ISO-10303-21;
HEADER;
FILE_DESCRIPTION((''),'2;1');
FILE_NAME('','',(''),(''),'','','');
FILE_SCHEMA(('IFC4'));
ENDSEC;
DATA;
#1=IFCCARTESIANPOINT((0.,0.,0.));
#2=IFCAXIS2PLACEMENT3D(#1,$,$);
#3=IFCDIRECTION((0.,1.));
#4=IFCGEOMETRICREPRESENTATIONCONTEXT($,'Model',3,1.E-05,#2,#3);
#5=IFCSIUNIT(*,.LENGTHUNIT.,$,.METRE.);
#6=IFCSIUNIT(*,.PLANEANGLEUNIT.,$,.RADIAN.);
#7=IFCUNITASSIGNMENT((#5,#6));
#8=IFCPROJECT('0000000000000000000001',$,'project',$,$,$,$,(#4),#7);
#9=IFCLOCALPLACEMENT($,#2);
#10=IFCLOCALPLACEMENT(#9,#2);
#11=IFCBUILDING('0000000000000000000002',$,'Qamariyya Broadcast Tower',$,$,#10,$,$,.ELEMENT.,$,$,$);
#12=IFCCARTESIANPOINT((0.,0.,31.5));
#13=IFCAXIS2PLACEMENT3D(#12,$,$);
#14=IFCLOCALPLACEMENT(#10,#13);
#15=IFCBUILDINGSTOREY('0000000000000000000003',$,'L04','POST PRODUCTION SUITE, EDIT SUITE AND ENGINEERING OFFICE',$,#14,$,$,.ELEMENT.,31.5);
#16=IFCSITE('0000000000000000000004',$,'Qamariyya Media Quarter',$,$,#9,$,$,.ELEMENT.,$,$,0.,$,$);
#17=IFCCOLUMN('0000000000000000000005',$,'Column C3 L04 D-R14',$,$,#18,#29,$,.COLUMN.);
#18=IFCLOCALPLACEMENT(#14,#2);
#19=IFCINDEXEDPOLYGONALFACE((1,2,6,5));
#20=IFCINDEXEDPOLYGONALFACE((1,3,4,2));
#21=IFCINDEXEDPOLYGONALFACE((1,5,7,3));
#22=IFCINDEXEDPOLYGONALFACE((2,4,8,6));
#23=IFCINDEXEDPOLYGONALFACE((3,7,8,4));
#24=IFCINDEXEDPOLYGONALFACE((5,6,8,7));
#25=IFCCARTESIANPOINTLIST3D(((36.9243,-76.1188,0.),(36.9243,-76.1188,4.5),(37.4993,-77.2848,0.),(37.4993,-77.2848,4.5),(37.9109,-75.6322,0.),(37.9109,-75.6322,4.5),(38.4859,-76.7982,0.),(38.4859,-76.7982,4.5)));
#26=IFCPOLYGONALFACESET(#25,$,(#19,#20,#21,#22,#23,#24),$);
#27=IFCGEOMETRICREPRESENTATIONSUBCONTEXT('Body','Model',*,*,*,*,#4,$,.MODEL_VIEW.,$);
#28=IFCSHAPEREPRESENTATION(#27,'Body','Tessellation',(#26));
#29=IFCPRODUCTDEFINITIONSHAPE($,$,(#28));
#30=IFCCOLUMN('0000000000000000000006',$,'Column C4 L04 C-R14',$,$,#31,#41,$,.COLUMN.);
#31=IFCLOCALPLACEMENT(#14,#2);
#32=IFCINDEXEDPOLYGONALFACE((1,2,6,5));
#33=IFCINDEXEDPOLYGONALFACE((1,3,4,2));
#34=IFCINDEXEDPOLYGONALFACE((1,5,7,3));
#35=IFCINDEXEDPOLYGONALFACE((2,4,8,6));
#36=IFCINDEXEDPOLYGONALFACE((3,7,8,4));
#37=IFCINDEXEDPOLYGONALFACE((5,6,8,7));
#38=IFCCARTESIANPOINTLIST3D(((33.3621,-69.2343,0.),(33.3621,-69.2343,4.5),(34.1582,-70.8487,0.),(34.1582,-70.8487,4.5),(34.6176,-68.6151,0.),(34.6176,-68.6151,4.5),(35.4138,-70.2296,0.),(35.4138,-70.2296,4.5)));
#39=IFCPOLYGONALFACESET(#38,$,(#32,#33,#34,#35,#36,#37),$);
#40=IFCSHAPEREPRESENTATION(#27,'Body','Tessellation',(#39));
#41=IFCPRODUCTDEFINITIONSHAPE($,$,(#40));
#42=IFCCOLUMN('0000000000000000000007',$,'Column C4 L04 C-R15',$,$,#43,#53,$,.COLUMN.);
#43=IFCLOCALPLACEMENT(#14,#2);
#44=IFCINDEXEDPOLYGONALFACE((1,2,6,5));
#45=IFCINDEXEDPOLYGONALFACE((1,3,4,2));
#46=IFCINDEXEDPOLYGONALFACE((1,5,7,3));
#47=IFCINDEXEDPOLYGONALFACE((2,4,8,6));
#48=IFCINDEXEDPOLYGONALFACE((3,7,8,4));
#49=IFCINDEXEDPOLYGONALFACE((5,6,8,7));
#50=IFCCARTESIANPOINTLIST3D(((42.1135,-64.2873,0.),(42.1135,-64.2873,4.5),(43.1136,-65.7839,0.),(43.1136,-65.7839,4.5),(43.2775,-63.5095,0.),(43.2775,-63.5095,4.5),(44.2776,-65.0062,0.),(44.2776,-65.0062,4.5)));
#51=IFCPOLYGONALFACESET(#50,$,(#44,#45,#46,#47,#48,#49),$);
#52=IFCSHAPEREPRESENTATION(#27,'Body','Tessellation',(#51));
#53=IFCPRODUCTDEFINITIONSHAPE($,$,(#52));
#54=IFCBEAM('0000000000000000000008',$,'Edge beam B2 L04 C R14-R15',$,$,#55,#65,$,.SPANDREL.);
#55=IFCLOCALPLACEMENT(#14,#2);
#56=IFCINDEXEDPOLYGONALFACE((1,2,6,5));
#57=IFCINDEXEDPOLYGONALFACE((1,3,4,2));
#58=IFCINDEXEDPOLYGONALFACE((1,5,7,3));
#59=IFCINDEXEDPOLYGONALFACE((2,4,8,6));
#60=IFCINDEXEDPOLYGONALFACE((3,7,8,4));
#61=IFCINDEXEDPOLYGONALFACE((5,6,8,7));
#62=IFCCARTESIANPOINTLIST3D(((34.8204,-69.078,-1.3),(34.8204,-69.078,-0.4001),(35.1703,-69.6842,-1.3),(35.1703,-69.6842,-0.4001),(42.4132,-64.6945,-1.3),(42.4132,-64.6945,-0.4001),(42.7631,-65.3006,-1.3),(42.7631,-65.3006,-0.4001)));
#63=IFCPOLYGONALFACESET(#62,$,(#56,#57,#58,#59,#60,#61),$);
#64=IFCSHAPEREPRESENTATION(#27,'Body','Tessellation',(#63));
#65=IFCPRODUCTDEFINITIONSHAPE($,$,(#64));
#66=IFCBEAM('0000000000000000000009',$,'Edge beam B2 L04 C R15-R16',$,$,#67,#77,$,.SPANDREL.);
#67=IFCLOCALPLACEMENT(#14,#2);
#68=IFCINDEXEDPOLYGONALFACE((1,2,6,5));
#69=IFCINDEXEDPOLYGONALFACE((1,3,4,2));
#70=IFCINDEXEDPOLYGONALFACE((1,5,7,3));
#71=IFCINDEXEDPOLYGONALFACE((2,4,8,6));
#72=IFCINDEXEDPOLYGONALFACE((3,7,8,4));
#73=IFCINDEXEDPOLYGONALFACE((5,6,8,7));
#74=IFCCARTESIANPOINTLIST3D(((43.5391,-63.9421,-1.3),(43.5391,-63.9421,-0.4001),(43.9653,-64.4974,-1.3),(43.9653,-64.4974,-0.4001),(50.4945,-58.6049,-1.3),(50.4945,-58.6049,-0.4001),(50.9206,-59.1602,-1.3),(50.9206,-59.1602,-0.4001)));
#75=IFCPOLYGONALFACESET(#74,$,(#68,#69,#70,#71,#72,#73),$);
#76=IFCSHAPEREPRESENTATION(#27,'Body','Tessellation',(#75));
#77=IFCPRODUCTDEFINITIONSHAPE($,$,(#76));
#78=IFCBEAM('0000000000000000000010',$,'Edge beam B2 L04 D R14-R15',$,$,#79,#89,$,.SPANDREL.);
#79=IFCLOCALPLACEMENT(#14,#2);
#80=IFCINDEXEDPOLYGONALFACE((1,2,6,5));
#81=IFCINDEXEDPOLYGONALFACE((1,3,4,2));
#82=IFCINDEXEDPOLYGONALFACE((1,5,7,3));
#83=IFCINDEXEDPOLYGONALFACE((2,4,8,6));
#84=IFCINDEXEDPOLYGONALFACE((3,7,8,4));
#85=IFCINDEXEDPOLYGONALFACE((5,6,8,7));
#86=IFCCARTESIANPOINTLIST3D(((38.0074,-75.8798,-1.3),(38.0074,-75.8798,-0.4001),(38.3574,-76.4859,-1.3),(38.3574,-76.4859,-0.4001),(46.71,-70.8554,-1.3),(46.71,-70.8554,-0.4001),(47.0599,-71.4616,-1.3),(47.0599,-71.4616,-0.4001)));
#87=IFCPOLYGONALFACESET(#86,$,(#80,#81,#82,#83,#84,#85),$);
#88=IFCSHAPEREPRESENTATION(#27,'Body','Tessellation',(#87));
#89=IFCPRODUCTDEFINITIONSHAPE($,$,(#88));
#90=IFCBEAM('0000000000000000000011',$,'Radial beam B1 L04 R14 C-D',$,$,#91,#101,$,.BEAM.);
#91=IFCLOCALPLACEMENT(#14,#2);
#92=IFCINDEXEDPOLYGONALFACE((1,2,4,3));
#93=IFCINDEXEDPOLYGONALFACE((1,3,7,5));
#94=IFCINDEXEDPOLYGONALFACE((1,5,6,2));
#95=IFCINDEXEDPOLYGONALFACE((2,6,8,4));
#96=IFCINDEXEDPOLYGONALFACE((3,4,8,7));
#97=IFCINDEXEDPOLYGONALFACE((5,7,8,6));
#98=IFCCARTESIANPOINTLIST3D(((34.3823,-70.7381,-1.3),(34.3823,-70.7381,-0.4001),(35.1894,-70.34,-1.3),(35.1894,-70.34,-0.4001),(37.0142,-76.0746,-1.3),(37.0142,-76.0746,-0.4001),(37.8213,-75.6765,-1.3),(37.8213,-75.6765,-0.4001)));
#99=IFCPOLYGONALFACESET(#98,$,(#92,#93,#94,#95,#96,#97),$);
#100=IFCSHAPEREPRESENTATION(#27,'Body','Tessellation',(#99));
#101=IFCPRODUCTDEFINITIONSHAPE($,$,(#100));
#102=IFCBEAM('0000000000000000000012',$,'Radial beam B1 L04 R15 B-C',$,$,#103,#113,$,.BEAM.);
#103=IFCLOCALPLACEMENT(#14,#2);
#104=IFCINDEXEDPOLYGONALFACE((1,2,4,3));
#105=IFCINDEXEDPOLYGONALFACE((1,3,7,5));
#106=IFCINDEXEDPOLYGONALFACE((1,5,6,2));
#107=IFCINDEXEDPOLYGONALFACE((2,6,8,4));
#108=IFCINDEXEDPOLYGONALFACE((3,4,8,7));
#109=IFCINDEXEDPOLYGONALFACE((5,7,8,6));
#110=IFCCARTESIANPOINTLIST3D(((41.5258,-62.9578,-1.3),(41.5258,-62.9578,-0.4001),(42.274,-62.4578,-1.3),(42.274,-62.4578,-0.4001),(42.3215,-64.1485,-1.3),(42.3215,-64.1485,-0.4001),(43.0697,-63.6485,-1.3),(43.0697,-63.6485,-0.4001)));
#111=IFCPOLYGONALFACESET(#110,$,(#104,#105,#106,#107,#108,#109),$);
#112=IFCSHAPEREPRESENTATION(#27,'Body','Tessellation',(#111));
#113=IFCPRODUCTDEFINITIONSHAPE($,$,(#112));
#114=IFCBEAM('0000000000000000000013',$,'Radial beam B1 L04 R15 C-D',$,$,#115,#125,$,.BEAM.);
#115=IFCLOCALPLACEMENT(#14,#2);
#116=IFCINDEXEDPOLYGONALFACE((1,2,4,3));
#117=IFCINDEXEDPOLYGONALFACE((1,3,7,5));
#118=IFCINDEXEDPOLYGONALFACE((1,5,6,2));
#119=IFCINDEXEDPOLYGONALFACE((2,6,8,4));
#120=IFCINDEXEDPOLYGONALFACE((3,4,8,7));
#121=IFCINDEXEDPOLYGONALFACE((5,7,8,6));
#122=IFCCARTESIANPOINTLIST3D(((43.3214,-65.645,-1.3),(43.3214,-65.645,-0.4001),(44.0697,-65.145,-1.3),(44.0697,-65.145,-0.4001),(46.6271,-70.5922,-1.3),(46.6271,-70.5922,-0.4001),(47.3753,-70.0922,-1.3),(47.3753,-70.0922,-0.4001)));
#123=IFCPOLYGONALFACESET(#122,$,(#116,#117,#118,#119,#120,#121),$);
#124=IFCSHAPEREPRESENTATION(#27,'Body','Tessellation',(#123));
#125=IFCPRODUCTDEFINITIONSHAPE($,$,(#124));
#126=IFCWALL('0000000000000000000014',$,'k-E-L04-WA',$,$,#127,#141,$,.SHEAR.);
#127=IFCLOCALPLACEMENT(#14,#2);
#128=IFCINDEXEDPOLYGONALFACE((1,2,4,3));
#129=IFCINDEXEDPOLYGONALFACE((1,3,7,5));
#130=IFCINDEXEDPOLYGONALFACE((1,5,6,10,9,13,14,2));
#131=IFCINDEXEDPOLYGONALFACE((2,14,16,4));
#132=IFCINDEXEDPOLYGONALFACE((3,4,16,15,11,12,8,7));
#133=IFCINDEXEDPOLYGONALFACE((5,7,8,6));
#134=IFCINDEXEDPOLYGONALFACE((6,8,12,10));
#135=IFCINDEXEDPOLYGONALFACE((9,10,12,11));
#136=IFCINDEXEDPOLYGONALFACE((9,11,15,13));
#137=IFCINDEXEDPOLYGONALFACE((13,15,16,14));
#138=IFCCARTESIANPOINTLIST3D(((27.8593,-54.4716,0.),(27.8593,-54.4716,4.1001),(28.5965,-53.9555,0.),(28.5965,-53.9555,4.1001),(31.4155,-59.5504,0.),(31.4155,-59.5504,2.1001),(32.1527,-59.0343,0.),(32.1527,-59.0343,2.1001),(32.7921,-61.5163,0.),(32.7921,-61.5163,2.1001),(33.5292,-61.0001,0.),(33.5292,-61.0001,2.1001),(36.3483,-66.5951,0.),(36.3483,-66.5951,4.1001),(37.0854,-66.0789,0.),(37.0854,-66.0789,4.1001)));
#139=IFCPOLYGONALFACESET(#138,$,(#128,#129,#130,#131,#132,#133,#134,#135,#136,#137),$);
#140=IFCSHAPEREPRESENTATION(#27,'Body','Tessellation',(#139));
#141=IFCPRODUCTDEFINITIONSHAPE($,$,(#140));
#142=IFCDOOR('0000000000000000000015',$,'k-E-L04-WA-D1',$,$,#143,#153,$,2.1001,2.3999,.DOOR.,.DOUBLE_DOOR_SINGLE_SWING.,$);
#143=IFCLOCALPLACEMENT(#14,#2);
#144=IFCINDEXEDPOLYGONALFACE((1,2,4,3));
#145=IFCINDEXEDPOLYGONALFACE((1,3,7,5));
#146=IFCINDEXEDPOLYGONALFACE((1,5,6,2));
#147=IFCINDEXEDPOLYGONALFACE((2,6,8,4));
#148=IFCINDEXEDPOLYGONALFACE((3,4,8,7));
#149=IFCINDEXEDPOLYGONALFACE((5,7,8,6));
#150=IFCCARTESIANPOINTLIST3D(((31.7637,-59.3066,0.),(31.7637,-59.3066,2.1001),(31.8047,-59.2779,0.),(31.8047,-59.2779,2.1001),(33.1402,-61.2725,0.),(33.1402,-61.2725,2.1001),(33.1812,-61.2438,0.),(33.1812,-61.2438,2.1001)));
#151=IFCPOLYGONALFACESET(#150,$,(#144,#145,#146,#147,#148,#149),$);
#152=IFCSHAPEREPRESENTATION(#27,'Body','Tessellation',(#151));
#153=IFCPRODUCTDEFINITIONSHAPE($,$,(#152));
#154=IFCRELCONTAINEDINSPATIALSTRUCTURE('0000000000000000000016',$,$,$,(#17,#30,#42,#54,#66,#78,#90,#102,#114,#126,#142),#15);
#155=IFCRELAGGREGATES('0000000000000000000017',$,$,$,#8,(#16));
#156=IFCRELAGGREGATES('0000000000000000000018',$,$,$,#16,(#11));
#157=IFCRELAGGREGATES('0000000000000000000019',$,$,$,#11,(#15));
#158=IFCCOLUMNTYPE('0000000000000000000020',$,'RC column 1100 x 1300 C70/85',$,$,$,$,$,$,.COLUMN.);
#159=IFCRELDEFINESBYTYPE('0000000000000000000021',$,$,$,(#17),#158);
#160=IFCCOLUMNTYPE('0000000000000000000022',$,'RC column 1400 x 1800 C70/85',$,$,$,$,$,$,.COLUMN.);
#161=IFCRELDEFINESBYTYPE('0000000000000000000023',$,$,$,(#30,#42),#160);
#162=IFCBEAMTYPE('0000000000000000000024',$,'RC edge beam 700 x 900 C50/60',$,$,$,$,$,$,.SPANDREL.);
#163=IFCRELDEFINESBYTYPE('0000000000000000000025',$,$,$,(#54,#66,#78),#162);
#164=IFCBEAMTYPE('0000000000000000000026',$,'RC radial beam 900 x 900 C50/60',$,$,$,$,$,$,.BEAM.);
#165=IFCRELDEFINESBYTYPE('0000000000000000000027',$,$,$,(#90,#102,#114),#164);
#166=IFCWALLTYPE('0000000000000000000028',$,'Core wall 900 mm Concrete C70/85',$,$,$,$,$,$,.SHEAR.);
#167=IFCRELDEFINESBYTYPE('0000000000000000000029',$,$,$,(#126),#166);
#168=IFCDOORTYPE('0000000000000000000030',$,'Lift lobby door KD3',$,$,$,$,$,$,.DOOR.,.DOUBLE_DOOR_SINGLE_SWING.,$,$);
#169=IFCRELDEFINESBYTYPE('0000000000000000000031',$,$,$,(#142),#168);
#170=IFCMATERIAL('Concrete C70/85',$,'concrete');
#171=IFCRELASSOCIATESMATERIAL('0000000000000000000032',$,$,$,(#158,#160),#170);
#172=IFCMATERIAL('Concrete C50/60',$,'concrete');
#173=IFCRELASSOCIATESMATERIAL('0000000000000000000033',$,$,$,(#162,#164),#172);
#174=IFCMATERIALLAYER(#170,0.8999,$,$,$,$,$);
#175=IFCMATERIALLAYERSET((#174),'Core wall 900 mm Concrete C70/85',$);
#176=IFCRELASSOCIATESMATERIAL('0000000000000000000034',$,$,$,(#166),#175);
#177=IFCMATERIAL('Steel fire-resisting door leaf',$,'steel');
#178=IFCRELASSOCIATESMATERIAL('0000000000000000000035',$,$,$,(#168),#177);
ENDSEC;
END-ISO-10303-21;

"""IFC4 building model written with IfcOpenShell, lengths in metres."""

from ifc_helpers import new_model, si_unit, direction, frame, frame_2d, origin, origin_2d, place, context, subcontext, project, spatial, rectangle, extrude, material, layer, layer_set, material_profile, profile_set, type_object, element, fill, save


model = new_model("IFC4")

# Units and contexts
model_context = context("Model", 3, precision=1e-05, world=origin(), true_north=direction((0.0, 1.0)))
body_context = subcontext(model_context, "Body", "Model", "MODEL_VIEW")
ifc_project = project(units=[si_unit("LENGTHUNIT", "METRE"), si_unit("PLANEANGLEUNIT", "RADIAN")], contexts=[model_context])

# Site, building, storey
site_placement = place(None, origin())
site = spatial("IfcSite", under=ifc_project, at=site_placement, Name="Qamariyya Media Quarter", CompositionType="ELEMENT", RefElevation=0.0)
building_placement = place(site_placement, origin())
building = spatial("IfcBuilding", under=site, at=building_placement, Name="Qamariyya Broadcast Tower", CompositionType="ELEMENT")
storey_placement = place(building_placement, frame((0.0, 0.0, 31.5)))
storey = spatial("IfcBuildingStorey", under=building, at=storey_placement, Name="L04", Description="POST PRODUCTION SUITE, EDIT SUITE AND ENGINEERING OFFICE", CompositionType="ELEMENT", Elevation=31.5)

# Columns
ifc_material_1 = material(Name="Concrete C70/85", Category="concrete")
ifc_material_profile_1 = material_profile(ifc_material_1, rectangle(XDim=1.1001, YDim=1.3, at=origin_2d()))
ifc_profile_set_1 = profile_set([ifc_material_profile_1], Name="Concrete C70/85")
column_type_1 = type_object("IfcColumnType", Name="RC column 1100 x 1300 C70/85", PredefinedType="COLUMN", material=ifc_profile_set_1)
column_placement = place(storey_placement, frame((37.7051, -76.4585, 0.0), z_axis=(0.0, 0.0, 1.0), x_axis=(0.896873, 0.442289, 0.0)))
element("IfcColumn", 1, at=column_placement, inside=storey, type_object=column_type_1, Name="Column C3 L04 D-R14", PredefinedType="COLUMN", context=body_context, shape_type="SweptSolid", body=[
    extrude(rectangle(XDim=1.1001, YDim=1.3, at=origin_2d()), origin(), (0.0, 0.0, 1.0), 4.5),
])
ifc_material_profile_2 = material_profile(ifc_material_1, rectangle(XDim=1.3999, YDim=1.8, at=origin_2d()))
ifc_profile_set_2 = profile_set([ifc_material_profile_2], Name="Concrete C70/85")
column_type_2 = type_object("IfcColumnType", Name="RC column 1400 x 1800 C70/85", PredefinedType="COLUMN", material=ifc_profile_set_2)
for number, where, z_axis, x_axis, name in (
    (2, (34.3879, -69.7319, 0.0), (0.0, 0.0, 1.0), (0.896873, 0.442289, 0.0), "Column C4 L04 C-R14"),
    (3, (43.1956, -64.6467, 0.0), (0.0, 0.0, 1.0), (0.83147, 0.55557, 0.0), "Column C4 L04 C-R15"),
):
    element("IfcColumn", number, at=place(storey_placement, frame(where, z_axis=z_axis, x_axis=x_axis)), inside=storey, type_object=column_type_2, Name=name, PredefinedType="COLUMN", context=body_context, shape_type="SweptSolid", body=[
        extrude(rectangle(XDim=1.3999, YDim=1.8, at=origin_2d()), origin(), (0.0, 0.0, 1.0), 4.5),
    ])

# Beams
ifc_material_2 = material(Name="Concrete C50/60", Category="concrete")
ifc_material_profile_3 = material_profile(ifc_material_2, rectangle(XDim=0.7, YDim=0.8999, at=origin_2d()))
ifc_profile_set_3 = profile_set([ifc_material_profile_3], Name="Concrete C50/60")
beam_type_1 = type_object("IfcBeamType", Name="RC edge beam 700 x 900 C50/60", PredefinedType="SPANDREL", material=ifc_profile_set_3)
beam_1_placement = place(storey_placement, frame((34.9954, -69.3811, -0.8501), z_axis=(0.866033, 0.499988, 0.0), x_axis=(-0.499988, 0.866033, 0.0)))
element("IfcBeam", 4, at=beam_1_placement, inside=storey, type_object=beam_type_1, Name="Edge beam B2 L04 C R14-R15", PredefinedType="SPANDREL", context=body_context, shape_type="SweptSolid", body=[
    extrude(rectangle(XDim=0.7, YDim=0.8999, at=origin_2d()), origin(), (0.0, 0.0, 1.0), 8.7673),
])
beam_2_placement = place(storey_placement, frame((43.7522, -64.2197, -0.8501), z_axis=(0.793345, 0.608772, 0.0), x_axis=(-0.608772, 0.793345, 0.0)))
element("IfcBeam", 5, at=beam_2_placement, inside=storey, type_object=beam_type_1, Name="Edge beam B2 L04 C R15-R16", PredefinedType="SPANDREL", context=body_context, shape_type="SweptSolid", body=[
    extrude(rectangle(XDim=0.7, YDim=0.8999, at=origin_2d()), origin(), (0.0, 0.0, 1.0), 8.7671),
])
beam_3_placement = place(storey_placement, frame((38.1824, -76.1829, -0.8501), z_axis=(0.866028, 0.499996, 0.0), x_axis=(-0.499996, 0.866028, 0.0)))
element("IfcBeam", 6, at=beam_3_placement, inside=storey, type_object=beam_type_1, Name="Edge beam B2 L04 D R14-R15", PredefinedType="SPANDREL", context=body_context, shape_type="SweptSolid", body=[
    extrude(rectangle(XDim=0.7, YDim=0.8999, at=origin_2d()), origin(), (0.0, 0.0, 1.0), 10.0488),
])
ifc_material_profile_4 = material_profile(ifc_material_2, rectangle(XDim=0.8999, YDim=0.8999, at=origin_2d()))
ifc_profile_set_4 = profile_set([ifc_material_profile_4], Name="Concrete C50/60")
beam_type_2 = type_object("IfcBeamType", Name="RC radial beam 900 x 900 C50/60", PredefinedType="BEAM", material=ifc_profile_set_4)
beam_4_placement = place(storey_placement, frame((34.7859, -70.5391, -0.8501), z_axis=(0.442316, -0.896859, 0.0), x_axis=(0.896859, 0.442316, 0.0)))
element("IfcBeam", 7, at=beam_4_placement, inside=storey, type_object=beam_type_2, Name="Radial beam B1 L04 R14 C-D", PredefinedType="BEAM", context=body_context, shape_type="SweptSolid", body=[
    extrude(rectangle(XDim=0.8999, YDim=0.8999, at=origin_2d()), origin(), (0.0, 0.0, 1.0), 5.9502),
])
beam_5_placement = place(storey_placement, frame((41.8999, -62.7078, -0.8501), z_axis=(0.555605, -0.831447, 0.0), x_axis=(0.831447, 0.555605, 0.0)))
element("IfcBeam", 8, at=beam_5_placement, inside=storey, type_object=beam_type_2, Name="Radial beam B1 L04 R15 B-C", PredefinedType="BEAM", context=body_context, shape_type="SweptSolid", body=[
    extrude(rectangle(XDim=0.8999, YDim=0.8999, at=origin_2d()), origin(), (0.0, 0.0, 1.0), 1.4321),
])
beam_6_placement = place(storey_placement, frame((43.6956, -65.395, -0.8501), z_axis=(0.555571, -0.831469, 0.0), x_axis=(0.831469, 0.555571, 0.0)))
element("IfcBeam", 9, at=beam_6_placement, inside=storey, type_object=beam_type_2, Name="Radial beam B1 L04 R15 C-D", PredefinedType="BEAM", context=body_context, shape_type="SweptSolid", body=[
    extrude(rectangle(XDim=0.8999, YDim=0.8999, at=origin_2d()), origin(), (0.0, 0.0, 1.0), 5.95),
])

# Wall, opening, door
ifc_layer_1 = layer(ifc_material_1, 0.8999)
ifc_layer_set_1 = layer_set([ifc_layer_1], Name="Core wall 900 mm Concrete C70/85")
wall_type_1 = type_object("IfcWallType", Name="Core wall 900 mm Concrete C70/85", PredefinedType="SHEAR", material=ifc_layer_set_1)
wall_1_placement = place(storey_placement, frame((36.7168, -66.3369, 0.0), z_axis=(0.0, 0.0, 1.0), x_axis=(-0.573577, 0.819151, 0.0)))
wall_1 = element("IfcWall", 10, at=wall_1_placement, inside=storey, type_object=wall_type_1, Name="k-E-L04-WA", PredefinedType="SHEAR", context=body_context, shape_type="SweptSolid", body=[
    extrude(rectangle(XDim=14.8, YDim=0.8999, at=frame_2d((7.3999, 0.0))), origin(), (0.0, 0.0, 1.0), 4.1001),
])
opening_1_placement = place(wall_1_placement, frame((6.2, 0.0, 0.0)))
opening_1 = element("IfcOpeningElement", 11, at=opening_1_placement, cuts=wall_1, PredefinedType="OPENING", context=body_context, shape_type="SweptSolid", body=[
    extrude(rectangle(XDim=2.3999, YDim=2.1001, at=frame_2d((1.2, 1.05))), frame((0.0, 0.46, 0.0), z_axis=(0.0, -1.0, 0.0), x_axis=(1.0, 0.0, 0.0)), (0.0, 0.0, 1.0), 0.9199),
])
ifc_material_3 = material(Name="Steel fire-resisting door leaf", Category="steel")
door_type_1 = type_object("IfcDoorType", Name="Lift lobby door KD3", OperationType="DOUBLE_DOOR_SINGLE_SWING", PredefinedType="DOOR", material=ifc_material_3)
door_1_placement = place(opening_1_placement, origin())
door_1 = element("IfcDoor", 12, at=door_1_placement, inside=storey, type_object=door_type_1, Name="k-E-L04-WA-D1", OperationType="DOUBLE_DOOR_SINGLE_SWING", OverallHeight=2.1001, OverallWidth=2.3999, PredefinedType="DOOR", context=body_context, shape_type="SweptSolid", body=[
    extrude(rectangle(XDim=2.3999, YDim=2.1001, at=frame_2d((1.2, 1.05))), frame((0.0, 0.0249, 0.0), z_axis=(0.0, -1.0, 0.0), x_axis=(1.0, 0.0, 0.0)), (0.0, 0.0, 1.0), 0.05),
])
fill(opening_1, door_1)

save(model, "model.ifc")
